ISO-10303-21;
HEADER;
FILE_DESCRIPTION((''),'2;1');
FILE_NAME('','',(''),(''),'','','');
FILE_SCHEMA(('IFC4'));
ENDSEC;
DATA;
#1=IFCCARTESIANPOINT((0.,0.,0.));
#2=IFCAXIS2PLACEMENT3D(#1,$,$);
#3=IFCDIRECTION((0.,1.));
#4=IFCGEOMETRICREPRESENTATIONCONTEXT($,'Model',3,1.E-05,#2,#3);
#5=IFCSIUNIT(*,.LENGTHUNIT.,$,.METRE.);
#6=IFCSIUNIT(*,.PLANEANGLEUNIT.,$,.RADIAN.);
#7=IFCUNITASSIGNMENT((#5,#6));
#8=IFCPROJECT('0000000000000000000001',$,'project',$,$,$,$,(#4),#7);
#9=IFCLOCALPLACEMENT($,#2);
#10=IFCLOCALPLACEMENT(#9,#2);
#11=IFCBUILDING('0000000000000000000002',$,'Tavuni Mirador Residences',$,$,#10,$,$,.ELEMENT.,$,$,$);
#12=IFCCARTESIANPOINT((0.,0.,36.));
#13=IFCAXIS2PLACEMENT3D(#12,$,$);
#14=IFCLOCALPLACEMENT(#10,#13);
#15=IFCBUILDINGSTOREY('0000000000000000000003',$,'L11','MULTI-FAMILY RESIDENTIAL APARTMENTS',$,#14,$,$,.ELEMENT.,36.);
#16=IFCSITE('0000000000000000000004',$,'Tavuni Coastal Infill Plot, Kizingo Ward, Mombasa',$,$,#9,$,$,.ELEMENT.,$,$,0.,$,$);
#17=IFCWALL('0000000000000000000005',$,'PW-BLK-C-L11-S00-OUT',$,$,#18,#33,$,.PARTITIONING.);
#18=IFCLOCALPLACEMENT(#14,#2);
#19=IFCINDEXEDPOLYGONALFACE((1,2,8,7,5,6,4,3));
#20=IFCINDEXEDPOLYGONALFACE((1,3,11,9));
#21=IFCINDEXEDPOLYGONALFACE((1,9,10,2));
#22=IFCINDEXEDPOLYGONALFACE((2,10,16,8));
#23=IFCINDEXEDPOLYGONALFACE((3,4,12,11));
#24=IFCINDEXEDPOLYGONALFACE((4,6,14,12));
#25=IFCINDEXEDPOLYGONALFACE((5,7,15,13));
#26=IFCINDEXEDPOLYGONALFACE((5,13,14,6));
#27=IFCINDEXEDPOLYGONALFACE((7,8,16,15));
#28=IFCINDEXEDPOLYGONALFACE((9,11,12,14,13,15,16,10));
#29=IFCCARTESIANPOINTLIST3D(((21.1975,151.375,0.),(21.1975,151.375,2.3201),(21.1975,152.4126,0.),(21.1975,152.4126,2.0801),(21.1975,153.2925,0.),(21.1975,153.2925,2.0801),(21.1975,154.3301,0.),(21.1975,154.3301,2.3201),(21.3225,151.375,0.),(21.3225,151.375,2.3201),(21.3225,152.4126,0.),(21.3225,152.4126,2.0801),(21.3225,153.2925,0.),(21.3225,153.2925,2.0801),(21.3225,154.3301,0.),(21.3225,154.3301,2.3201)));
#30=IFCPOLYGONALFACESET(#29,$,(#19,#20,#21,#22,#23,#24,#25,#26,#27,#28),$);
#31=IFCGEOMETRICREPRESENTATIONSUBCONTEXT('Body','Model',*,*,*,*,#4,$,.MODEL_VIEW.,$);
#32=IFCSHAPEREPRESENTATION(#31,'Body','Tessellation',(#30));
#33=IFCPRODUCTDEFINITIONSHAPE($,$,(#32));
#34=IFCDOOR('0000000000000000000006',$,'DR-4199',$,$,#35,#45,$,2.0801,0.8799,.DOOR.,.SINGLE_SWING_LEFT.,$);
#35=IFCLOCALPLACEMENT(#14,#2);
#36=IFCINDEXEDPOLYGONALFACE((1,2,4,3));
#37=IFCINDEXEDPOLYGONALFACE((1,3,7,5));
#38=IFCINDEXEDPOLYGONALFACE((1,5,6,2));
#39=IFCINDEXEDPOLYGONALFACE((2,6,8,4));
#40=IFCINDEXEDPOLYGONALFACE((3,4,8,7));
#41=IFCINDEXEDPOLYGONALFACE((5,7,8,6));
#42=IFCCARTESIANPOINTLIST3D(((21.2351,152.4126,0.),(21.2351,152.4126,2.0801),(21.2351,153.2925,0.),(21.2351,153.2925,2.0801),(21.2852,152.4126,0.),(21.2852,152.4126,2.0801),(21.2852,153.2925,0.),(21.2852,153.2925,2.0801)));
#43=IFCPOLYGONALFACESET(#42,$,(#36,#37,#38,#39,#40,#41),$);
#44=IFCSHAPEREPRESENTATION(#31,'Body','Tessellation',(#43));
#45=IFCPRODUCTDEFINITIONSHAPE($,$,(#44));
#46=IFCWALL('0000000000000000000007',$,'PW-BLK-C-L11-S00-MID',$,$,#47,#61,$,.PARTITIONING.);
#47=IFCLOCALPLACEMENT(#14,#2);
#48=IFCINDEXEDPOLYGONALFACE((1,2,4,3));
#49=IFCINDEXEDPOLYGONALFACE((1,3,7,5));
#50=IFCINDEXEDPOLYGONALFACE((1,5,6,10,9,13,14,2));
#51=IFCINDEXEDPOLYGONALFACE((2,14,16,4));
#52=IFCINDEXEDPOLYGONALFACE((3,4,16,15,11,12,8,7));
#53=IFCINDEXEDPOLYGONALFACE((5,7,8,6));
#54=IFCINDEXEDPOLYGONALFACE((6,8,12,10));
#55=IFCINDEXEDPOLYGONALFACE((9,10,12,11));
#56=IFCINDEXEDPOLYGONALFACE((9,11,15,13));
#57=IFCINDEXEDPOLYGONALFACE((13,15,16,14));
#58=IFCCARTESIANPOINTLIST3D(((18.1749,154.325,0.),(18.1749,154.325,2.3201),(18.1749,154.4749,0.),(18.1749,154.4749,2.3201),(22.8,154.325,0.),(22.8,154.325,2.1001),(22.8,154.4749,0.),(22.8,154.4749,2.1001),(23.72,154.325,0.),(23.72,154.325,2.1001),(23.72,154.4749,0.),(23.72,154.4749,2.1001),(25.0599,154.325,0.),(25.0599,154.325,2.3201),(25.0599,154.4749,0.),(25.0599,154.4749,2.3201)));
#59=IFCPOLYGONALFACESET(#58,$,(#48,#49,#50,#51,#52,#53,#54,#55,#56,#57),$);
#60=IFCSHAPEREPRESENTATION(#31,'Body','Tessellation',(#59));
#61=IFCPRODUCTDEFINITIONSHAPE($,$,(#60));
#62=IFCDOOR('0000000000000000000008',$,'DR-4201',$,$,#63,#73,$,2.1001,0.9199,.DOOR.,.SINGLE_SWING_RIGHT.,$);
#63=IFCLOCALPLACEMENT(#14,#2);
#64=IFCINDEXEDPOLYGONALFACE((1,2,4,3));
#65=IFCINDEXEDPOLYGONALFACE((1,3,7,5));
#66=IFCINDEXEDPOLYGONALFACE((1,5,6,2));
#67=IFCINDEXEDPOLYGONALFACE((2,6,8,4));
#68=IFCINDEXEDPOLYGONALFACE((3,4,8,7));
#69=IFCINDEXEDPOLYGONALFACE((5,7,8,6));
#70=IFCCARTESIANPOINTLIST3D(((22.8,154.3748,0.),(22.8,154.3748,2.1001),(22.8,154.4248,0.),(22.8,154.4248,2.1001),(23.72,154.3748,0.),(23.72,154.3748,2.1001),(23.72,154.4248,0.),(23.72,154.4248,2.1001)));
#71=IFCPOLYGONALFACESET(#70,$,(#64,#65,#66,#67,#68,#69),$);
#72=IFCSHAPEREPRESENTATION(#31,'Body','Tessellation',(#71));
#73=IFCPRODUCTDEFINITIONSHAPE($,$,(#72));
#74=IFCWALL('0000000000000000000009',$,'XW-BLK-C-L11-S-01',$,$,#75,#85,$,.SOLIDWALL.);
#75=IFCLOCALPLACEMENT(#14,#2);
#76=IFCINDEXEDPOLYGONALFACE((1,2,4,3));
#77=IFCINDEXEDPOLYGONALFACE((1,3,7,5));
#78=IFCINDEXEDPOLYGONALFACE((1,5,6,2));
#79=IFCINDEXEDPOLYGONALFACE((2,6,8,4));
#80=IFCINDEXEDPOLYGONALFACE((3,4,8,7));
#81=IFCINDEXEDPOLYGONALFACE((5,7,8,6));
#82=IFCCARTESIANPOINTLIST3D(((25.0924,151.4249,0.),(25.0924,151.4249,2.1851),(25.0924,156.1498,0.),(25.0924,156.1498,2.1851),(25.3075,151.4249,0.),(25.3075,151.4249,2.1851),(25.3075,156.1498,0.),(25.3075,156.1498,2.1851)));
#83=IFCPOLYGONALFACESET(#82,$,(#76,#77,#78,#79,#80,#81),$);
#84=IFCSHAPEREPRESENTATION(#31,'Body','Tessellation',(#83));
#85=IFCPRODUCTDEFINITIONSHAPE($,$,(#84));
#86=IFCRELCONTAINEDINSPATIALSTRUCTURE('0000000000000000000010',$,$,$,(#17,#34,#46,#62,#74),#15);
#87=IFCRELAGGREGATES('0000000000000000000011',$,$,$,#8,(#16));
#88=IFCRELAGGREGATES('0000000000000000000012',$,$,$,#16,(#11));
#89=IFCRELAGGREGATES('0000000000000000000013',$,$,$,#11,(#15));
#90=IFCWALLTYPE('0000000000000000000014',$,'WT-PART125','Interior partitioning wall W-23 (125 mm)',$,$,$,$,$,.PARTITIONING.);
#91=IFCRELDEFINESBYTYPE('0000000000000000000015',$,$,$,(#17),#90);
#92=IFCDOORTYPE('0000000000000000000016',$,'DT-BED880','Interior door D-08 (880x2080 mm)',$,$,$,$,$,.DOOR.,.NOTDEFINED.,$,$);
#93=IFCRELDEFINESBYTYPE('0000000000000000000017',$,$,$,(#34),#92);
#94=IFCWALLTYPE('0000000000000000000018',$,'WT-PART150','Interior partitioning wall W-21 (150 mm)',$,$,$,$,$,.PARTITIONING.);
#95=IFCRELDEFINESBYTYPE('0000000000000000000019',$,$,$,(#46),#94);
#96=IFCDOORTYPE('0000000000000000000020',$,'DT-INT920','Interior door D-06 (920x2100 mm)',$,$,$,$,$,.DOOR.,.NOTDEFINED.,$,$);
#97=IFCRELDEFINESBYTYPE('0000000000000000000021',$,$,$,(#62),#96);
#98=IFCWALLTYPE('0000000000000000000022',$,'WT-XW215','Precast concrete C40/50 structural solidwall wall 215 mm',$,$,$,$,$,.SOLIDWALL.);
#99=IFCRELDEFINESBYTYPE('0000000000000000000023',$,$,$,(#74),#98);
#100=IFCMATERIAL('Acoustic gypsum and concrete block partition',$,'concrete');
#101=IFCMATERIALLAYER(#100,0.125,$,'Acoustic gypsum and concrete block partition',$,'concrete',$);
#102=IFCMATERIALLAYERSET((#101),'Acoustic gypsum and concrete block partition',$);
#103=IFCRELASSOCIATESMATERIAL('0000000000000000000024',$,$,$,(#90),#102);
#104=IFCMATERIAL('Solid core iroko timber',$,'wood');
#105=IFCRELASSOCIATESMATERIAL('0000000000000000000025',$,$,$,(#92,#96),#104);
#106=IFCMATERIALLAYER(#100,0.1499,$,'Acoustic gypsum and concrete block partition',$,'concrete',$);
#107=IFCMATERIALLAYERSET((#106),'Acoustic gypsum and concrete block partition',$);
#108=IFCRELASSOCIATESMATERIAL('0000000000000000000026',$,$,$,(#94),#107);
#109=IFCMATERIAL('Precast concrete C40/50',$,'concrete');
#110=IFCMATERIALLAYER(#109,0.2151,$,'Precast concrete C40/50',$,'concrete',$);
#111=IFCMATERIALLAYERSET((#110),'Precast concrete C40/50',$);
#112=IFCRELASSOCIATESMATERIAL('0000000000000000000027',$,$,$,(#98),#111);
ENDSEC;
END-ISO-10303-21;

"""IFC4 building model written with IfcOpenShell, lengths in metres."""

from ifc_helpers import new_model, si_unit, direction, frame, frame_2d, origin, place, context, subcontext, project, spatial, rectangle, extrude, material, layer, layer_set, type_object, element, fill, save


model = new_model("IFC4")

# Units and contexts
model_context = context("Model", 3, precision=1e-05, world=origin(), true_north=direction((0.0, 1.0)))
body_context = subcontext(model_context, "Body", "Model", "MODEL_VIEW")
ifc_project = project(units=[si_unit("LENGTHUNIT", "METRE"), si_unit("PLANEANGLEUNIT", "RADIAN")], contexts=[model_context])

# Site, building, storey
site_placement = place(None, origin())
site = spatial("IfcSite", under=ifc_project, at=site_placement, Name="Tavuni Coastal Infill Plot, Kizingo Ward, Mombasa", CompositionType="ELEMENT", RefElevation=0.0)
building_placement = place(site_placement, origin())
building = spatial("IfcBuilding", under=site, at=building_placement, Name="Tavuni Mirador Residences", CompositionType="ELEMENT")
storey_placement = place(building_placement, frame((0.0, 0.0, 36.0)))
storey = spatial("IfcBuildingStorey", under=building, at=storey_placement, Name="L11", Description="MULTI-FAMILY RESIDENTIAL APARTMENTS", CompositionType="ELEMENT", Elevation=36.0)

# Shared definitions
ifc_material_1 = material(Name="Precast concrete C40/50", Category="concrete")

# Walls, openings, doors
ifc_material_2 = material(Name="Acoustic gypsum and concrete block partition", Category="concrete")
ifc_layer_1 = layer(ifc_material_2, 0.125, Name="Acoustic gypsum and concrete block partition", Category="concrete")
ifc_layer_set_1 = layer_set([ifc_layer_1], Name="Acoustic gypsum and concrete block partition")
wall_type_1 = type_object("IfcWallType", Name="WT-PART125", Description="Interior partitioning wall W-23 (125 mm)", PredefinedType="PARTITIONING", material=ifc_layer_set_1)
wall_1_placement = place(storey_placement, frame((21.26, 151.375, 0.0), z_axis=(0.0, 0.0, 1.0), x_axis=(0.0, 1.0, 0.0)))
wall_1 = element("IfcWall", 1, at=wall_1_placement, inside=storey, type_object=wall_type_1, Name="PW-BLK-C-L11-S00-OUT", PredefinedType="PARTITIONING", context=body_context, shape_type="SweptSolid", body=[
    extrude(rectangle(XDim=2.9551, YDim=0.125, at=frame_2d((1.4775, 0.0))), origin(), (0.0, 0.0, 1.0), 2.3201),
])
opening_1_placement = place(wall_1_placement, frame((1.0376, 0.0, 0.0)))
opening_1 = element("IfcOpeningElement", 2, at=opening_1_placement, cuts=wall_1, PredefinedType="OPENING", context=body_context, shape_type="SweptSolid", body=[
    extrude(rectangle(XDim=0.8799, YDim=2.0801, at=frame_2d((0.4399, 1.04))), frame((0.0, 0.0725, 0.0), z_axis=(0.0, -1.0, 0.0), x_axis=(1.0, 0.0, 0.0)), (0.0, 0.0, 1.0), 0.145),
])
ifc_material_3 = material(Name="Solid core iroko timber", Category="wood")
door_type_1 = type_object("IfcDoorType", Name="DT-BED880", Description="Interior door D-08 (880x2080 mm)", OperationType="NOTDEFINED", PredefinedType="DOOR", material=ifc_material_3)
door_1_placement = place(opening_1_placement, origin())
door_1 = element("IfcDoor", 3, at=door_1_placement, inside=storey, type_object=door_type_1, Name="DR-4199", OperationType="SINGLE_SWING_LEFT", OverallHeight=2.0801, OverallWidth=0.8799, PredefinedType="DOOR", context=body_context, shape_type="SweptSolid", body=[
    extrude(rectangle(XDim=0.8799, YDim=2.0801, at=frame_2d((0.4399, 1.04))), frame((0.0, 0.0249, 0.0), z_axis=(0.0, -1.0, 0.0), x_axis=(1.0, 0.0, 0.0)), (0.0, 0.0, 1.0), 0.05),
])
fill(opening_1, door_1)
ifc_layer_2 = layer(ifc_material_2, 0.1499, Name="Acoustic gypsum and concrete block partition", Category="concrete")
ifc_layer_set_2 = layer_set([ifc_layer_2], Name="Acoustic gypsum and concrete block partition")
wall_type_2 = type_object("IfcWallType", Name="WT-PART150", Description="Interior partitioning wall W-21 (150 mm)", PredefinedType="PARTITIONING", material=ifc_layer_set_2)
wall_2_placement = place(storey_placement, frame((18.175, 154.3999, 0.0), z_axis=(0.0, 0.0, 1.0), x_axis=(1.0, 0.0, 0.0)))
wall_2 = element("IfcWall", 4, at=wall_2_placement, inside=storey, type_object=wall_type_2, Name="PW-BLK-C-L11-S00-MID", PredefinedType="PARTITIONING", context=body_context, shape_type="SweptSolid", body=[
    extrude(rectangle(XDim=6.885, YDim=0.1499, at=frame_2d((3.4424, 0.0))), origin(), (0.0, 0.0, 1.0), 2.3201),
])
opening_2_placement = place(wall_2_placement, frame((4.625, 0.0, 0.0)))
opening_2 = element("IfcOpeningElement", 5, at=opening_2_placement, cuts=wall_2, PredefinedType="OPENING", context=body_context, shape_type="SweptSolid", body=[
    extrude(rectangle(XDim=0.9199, YDim=2.1001, at=frame_2d((0.46, 1.05))), frame((0.0, 0.085, 0.0), z_axis=(0.0, -1.0, 0.0), x_axis=(1.0, 0.0, 0.0)), (0.0, 0.0, 1.0), 0.1699),
])
door_type_2 = type_object("IfcDoorType", Name="DT-INT920", Description="Interior door D-06 (920x2100 mm)", OperationType="NOTDEFINED", PredefinedType="DOOR", material=ifc_material_3)
door_2_placement = place(opening_2_placement, origin())
door_2 = element("IfcDoor", 6, at=door_2_placement, inside=storey, type_object=door_type_2, Name="DR-4201", OperationType="SINGLE_SWING_RIGHT", OverallHeight=2.1001, OverallWidth=0.9199, PredefinedType="DOOR", context=body_context, shape_type="SweptSolid", body=[
    extrude(rectangle(XDim=0.9199, YDim=2.1001, at=frame_2d((0.46, 1.05))), frame((0.0, 0.0249, 0.0), z_axis=(0.0, -1.0, 0.0), x_axis=(1.0, 0.0, 0.0)), (0.0, 0.0, 1.0), 0.05),
])
fill(opening_2, door_2)

# Wall
ifc_layer_3 = layer(ifc_material_1, 0.2151, Name="Precast concrete C40/50", Category="concrete")
ifc_layer_set_3 = layer_set([ifc_layer_3], Name="Precast concrete C40/50")
wall_type_3 = type_object("IfcWallType", Name="WT-XW215", Description="Precast concrete C40/50 structural solidwall wall 215 mm", PredefinedType="SOLIDWALL", material=ifc_layer_set_3)
wall_3_placement = place(storey_placement, frame((25.2, 151.425, 0.0), z_axis=(0.0, 0.0, 1.0), x_axis=(0.0, 1.0, 0.0)))
element("IfcWall", 7, at=wall_3_placement, inside=storey, type_object=wall_type_3, Name="XW-BLK-C-L11-S-01", PredefinedType="SOLIDWALL", context=body_context, shape_type="SweptSolid", body=[
    extrude(rectangle(XDim=4.7249, YDim=0.2151, at=frame_2d((2.3623, 0.0))), origin(), (0.0, 0.0, 1.0), 2.1851),
])

save(model, "model.ifc")
